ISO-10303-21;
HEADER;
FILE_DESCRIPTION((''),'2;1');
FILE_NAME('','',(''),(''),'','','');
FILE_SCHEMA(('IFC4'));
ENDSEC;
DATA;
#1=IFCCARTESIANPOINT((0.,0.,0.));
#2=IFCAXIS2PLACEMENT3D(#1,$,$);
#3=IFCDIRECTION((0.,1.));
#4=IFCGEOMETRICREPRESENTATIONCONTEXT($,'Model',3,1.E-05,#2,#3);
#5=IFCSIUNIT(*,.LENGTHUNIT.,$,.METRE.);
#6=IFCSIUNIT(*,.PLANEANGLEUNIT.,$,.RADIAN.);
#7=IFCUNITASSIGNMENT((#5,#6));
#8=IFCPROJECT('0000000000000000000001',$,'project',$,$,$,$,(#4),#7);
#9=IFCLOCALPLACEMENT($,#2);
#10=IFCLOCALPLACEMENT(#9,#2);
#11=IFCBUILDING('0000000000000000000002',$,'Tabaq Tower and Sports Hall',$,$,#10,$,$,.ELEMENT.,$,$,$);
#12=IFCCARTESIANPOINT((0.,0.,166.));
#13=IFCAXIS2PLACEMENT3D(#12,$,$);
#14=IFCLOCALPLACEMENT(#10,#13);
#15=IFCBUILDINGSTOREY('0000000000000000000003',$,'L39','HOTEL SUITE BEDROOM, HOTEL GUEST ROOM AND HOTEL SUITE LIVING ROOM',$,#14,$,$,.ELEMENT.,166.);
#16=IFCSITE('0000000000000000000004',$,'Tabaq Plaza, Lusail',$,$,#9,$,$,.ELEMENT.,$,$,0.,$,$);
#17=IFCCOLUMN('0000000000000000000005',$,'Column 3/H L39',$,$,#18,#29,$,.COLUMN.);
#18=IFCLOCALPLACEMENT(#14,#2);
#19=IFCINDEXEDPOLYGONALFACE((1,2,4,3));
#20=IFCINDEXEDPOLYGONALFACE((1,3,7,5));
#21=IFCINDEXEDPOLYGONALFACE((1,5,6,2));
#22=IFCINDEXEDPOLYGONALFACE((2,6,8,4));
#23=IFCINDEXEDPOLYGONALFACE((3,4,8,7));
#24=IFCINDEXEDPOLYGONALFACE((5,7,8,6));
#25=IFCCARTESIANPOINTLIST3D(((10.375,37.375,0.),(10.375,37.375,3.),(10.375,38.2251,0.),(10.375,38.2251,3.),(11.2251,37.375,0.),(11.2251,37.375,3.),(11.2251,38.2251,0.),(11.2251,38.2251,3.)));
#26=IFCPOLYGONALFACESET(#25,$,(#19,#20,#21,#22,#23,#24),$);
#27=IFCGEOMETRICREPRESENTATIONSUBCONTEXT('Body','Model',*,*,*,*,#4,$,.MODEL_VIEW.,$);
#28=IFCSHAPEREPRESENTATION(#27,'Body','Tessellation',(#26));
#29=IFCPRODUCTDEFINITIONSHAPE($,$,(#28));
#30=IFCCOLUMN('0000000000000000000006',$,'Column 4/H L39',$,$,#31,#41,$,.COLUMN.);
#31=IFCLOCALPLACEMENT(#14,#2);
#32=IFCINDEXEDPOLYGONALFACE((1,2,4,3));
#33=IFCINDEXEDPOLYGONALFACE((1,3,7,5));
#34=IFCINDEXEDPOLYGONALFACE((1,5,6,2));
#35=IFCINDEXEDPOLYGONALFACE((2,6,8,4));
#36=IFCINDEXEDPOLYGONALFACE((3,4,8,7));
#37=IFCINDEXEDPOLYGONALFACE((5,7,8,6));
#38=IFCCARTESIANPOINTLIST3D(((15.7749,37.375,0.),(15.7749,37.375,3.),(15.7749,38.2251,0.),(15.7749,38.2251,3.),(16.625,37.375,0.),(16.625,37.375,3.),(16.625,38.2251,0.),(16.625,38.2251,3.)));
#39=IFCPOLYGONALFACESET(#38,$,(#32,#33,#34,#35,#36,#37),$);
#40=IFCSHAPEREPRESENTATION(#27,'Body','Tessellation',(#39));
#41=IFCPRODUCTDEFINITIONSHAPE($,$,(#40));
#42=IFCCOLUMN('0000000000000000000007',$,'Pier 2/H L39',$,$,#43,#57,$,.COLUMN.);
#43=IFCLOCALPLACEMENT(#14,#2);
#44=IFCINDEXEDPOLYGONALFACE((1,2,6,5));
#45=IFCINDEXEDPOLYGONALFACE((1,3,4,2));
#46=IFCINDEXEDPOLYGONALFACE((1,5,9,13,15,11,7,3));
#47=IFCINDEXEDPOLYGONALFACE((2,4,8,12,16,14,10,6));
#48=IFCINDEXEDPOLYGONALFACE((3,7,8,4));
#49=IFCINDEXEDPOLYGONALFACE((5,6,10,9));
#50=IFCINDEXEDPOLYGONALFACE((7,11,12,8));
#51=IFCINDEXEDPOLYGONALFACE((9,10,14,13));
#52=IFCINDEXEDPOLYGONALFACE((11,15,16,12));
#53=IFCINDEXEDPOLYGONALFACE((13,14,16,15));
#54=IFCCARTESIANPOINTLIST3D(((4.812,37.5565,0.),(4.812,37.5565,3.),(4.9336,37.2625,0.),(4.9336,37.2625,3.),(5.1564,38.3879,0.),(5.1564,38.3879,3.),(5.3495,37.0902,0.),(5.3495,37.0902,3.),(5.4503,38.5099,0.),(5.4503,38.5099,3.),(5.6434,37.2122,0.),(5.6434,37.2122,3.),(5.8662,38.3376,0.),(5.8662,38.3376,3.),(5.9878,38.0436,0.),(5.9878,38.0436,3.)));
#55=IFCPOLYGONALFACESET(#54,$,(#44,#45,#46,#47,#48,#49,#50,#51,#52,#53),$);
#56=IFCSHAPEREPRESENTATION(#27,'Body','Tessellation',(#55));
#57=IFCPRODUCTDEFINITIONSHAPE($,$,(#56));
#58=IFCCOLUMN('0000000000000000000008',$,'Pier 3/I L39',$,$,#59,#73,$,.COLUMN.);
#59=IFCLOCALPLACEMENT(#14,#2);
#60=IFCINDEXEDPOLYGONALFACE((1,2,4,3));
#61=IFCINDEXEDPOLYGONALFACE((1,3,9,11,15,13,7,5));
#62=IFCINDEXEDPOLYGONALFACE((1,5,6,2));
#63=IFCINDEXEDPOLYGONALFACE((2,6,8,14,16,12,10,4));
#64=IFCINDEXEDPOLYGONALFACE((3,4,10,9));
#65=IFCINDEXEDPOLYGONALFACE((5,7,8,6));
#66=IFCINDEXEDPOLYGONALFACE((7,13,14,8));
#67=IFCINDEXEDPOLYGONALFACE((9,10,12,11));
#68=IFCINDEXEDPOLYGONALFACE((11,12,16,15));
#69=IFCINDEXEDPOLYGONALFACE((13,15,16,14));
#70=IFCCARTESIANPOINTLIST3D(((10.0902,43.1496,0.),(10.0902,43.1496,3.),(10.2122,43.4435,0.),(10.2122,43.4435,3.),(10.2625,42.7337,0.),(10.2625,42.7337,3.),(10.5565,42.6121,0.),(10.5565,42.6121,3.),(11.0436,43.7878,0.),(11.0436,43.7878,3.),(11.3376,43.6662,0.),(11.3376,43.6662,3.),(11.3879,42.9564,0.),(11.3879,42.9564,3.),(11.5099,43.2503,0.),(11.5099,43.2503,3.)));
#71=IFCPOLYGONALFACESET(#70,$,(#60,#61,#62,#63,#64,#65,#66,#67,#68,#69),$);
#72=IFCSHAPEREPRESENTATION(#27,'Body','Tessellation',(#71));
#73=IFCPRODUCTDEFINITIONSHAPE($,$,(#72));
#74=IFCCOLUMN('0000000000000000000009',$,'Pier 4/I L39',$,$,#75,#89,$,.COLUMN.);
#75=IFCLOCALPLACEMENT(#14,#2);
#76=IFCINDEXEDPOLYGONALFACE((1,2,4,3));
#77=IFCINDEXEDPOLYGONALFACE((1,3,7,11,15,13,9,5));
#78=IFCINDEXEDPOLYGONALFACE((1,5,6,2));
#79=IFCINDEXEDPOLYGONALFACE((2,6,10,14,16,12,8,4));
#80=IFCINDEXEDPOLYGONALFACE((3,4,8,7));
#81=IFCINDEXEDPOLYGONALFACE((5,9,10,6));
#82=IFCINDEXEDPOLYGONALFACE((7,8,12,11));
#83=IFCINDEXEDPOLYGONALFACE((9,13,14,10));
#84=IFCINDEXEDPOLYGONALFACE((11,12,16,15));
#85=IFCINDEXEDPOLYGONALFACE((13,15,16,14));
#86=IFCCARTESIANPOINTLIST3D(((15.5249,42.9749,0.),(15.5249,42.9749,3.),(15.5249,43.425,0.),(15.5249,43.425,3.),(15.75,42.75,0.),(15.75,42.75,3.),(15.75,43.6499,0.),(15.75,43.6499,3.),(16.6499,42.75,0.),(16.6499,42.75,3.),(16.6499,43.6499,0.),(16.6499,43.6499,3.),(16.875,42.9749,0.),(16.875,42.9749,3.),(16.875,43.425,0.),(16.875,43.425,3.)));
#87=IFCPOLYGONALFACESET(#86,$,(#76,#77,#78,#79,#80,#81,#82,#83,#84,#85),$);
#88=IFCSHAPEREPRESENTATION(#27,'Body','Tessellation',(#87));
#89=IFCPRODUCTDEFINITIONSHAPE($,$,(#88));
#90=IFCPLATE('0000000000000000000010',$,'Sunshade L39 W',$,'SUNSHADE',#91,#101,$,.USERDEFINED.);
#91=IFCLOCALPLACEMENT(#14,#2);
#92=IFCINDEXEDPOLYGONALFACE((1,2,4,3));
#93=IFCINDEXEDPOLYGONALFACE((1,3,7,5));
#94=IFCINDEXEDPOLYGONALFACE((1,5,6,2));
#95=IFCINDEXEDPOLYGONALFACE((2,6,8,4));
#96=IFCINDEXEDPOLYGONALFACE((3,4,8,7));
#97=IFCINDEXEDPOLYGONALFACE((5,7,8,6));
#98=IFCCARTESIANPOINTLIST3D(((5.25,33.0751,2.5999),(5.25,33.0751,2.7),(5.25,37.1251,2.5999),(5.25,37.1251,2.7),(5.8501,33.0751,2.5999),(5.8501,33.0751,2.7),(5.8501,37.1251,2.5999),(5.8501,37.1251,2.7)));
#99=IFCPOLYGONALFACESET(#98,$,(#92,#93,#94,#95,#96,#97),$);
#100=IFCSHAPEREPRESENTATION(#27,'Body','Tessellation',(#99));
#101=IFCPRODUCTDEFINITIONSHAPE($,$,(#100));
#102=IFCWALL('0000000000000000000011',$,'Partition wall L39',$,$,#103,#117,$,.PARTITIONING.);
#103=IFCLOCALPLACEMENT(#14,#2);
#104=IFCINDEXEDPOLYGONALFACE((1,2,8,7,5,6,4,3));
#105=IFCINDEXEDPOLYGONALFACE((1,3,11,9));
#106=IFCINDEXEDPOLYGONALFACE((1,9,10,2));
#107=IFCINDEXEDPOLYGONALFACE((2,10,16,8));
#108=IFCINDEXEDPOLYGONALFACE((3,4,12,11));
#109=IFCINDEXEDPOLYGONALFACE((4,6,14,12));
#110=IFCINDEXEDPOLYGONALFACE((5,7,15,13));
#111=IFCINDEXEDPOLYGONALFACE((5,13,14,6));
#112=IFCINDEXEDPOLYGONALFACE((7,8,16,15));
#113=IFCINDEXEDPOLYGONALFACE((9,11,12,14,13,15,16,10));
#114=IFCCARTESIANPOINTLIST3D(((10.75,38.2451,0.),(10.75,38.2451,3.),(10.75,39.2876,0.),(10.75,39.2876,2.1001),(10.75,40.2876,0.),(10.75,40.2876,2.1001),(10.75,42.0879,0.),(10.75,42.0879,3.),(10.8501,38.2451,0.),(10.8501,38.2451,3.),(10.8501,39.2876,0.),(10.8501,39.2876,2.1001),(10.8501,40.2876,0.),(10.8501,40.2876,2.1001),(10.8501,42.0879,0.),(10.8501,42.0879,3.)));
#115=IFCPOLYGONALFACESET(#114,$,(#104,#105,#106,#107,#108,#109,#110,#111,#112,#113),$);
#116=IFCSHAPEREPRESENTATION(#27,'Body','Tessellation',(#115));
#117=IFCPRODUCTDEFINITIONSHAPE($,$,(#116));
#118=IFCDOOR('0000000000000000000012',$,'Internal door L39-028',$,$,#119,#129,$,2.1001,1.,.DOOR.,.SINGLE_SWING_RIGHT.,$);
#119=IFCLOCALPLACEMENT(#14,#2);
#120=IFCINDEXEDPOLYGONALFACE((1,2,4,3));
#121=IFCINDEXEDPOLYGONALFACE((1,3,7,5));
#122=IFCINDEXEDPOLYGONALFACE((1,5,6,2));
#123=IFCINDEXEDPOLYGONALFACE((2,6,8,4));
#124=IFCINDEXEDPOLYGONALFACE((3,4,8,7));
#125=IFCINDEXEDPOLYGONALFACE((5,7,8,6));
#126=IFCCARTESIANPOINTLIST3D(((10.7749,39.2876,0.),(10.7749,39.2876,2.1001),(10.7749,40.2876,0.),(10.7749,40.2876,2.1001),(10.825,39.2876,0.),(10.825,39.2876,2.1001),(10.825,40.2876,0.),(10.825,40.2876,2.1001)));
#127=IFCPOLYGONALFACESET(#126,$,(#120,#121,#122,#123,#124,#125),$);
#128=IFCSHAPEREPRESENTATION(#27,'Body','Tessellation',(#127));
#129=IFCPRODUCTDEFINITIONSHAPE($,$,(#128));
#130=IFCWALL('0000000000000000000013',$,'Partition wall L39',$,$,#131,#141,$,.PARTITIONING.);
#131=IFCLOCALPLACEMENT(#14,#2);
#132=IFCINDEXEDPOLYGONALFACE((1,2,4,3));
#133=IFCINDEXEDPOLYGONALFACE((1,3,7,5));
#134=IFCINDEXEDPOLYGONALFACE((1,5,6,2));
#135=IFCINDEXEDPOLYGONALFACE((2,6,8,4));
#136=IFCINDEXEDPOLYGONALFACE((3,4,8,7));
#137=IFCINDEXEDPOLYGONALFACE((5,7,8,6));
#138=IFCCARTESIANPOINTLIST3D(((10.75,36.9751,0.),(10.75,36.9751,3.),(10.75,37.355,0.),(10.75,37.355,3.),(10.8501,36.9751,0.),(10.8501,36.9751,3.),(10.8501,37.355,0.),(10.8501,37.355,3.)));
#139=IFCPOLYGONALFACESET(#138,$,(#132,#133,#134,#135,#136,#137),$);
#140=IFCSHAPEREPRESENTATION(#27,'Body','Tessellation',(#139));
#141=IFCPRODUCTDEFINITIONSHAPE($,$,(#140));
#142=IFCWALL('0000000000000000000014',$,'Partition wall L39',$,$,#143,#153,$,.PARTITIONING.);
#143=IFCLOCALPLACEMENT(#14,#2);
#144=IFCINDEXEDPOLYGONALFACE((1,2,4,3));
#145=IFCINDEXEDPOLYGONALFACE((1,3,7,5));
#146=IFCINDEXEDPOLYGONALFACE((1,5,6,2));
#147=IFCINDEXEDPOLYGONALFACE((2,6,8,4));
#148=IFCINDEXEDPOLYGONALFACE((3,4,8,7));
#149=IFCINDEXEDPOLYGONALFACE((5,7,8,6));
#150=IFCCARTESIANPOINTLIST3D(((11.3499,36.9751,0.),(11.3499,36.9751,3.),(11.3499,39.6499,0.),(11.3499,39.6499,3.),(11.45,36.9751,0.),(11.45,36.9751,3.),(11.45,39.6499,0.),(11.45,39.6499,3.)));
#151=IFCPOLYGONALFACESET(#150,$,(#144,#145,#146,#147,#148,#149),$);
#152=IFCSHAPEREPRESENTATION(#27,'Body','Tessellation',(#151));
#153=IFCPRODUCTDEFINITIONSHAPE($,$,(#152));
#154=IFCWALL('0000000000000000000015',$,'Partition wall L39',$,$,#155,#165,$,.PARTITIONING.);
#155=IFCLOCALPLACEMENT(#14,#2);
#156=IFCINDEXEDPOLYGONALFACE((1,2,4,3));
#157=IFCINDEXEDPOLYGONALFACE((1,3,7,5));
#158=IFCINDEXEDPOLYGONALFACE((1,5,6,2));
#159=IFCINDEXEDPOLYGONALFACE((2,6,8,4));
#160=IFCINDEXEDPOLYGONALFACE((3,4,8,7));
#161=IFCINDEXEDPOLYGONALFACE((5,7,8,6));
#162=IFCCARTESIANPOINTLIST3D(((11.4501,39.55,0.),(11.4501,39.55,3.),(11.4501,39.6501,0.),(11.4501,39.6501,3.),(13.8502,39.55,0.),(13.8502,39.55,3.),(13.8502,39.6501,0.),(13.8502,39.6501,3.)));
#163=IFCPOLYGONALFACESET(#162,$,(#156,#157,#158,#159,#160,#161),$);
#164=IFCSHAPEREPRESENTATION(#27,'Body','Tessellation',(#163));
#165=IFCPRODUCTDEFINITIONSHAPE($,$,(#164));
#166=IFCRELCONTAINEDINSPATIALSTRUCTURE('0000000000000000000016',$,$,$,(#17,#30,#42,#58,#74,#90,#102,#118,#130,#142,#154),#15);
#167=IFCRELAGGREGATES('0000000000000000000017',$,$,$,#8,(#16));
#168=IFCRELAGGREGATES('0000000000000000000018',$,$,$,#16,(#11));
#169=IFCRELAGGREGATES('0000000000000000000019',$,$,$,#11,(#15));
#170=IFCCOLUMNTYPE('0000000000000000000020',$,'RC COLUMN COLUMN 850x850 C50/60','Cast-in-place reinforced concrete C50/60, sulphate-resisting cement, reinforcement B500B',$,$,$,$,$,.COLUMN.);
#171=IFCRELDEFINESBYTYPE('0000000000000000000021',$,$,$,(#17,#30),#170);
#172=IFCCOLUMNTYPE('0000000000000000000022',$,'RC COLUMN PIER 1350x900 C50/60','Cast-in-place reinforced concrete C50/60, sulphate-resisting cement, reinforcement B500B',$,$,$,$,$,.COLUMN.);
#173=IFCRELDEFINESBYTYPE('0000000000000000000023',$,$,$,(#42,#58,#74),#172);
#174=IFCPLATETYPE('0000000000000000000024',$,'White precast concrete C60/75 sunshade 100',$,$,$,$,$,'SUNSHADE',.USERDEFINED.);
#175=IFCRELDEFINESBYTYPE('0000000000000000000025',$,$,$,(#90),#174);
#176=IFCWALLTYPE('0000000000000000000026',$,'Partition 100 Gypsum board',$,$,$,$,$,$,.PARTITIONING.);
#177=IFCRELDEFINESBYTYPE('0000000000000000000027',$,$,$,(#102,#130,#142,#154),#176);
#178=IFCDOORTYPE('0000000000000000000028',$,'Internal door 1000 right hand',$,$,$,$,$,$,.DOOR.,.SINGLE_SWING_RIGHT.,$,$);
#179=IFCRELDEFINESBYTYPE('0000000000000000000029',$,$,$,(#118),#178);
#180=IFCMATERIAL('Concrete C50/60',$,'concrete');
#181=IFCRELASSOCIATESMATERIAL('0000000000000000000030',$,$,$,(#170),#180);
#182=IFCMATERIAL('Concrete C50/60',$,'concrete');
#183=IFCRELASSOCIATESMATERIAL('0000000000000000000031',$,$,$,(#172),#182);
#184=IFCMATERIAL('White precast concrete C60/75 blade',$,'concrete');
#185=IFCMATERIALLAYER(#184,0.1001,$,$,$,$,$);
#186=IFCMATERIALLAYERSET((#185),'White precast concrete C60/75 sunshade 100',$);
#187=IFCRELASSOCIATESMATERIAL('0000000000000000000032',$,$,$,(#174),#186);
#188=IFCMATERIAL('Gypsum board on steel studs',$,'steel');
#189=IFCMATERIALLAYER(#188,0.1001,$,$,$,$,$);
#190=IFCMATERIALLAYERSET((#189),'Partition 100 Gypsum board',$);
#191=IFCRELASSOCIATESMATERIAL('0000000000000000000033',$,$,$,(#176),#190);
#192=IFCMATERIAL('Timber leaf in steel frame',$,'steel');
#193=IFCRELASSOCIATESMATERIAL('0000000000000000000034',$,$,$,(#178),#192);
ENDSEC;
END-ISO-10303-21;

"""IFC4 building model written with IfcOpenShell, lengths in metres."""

from ifc_helpers import new_model, si_unit, direction, frame, frame_2d, origin, origin_2d, place, context, subcontext, project, spatial, polyline, rectangle, outline, extrude, material, layer, layer_set, material_profile, profile_set, type_object, element, fill, save


model = new_model("IFC4")

# Units and contexts
model_context = context("Model", 3, precision=1e-05, world=origin(), true_north=direction((0.0, 1.0)))
body_context = subcontext(model_context, "Body", "Model", "MODEL_VIEW")
ifc_project = project(units=[si_unit("LENGTHUNIT", "METRE"), si_unit("PLANEANGLEUNIT", "RADIAN")], contexts=[model_context])

# Site, building, storey
site_placement = place(None, origin())
site = spatial("IfcSite", under=ifc_project, at=site_placement, Name="Tabaq Plaza, Lusail", CompositionType="ELEMENT", RefElevation=0.0)
building_placement = place(site_placement, origin())
building = spatial("IfcBuilding", under=site, at=building_placement, Name="Tabaq Tower and Sports Hall", CompositionType="ELEMENT")
storey_placement = place(building_placement, frame((0.0, 0.0, 166.0)))
storey = spatial("IfcBuildingStorey", under=building, at=storey_placement, Name="L39", Description="HOTEL SUITE BEDROOM, HOTEL GUEST ROOM AND HOTEL SUITE LIVING ROOM", CompositionType="ELEMENT", Elevation=166.0)

# Columns
ifc_material_1 = material(Name="Concrete C50/60", Category="concrete")
ifc_material_profile_1 = material_profile(ifc_material_1, rectangle(XDim=0.8501, YDim=0.8501, at=origin_2d()), Name="COLUMN 850x850")
ifc_profile_set_1 = profile_set([ifc_material_profile_1], Name="Concrete C50/60")
column_type_1 = type_object("IfcColumnType", Name="RC COLUMN COLUMN 850x850 C50/60", Description="Cast-in-place reinforced concrete C50/60, sulphate-resisting cement, reinforcement B500B", PredefinedType="COLUMN", material=ifc_profile_set_1)
for number, where, z_axis, x_axis, name in (
    (1, (10.8, 37.8, 0.0), (0.0, 0.0, 1.0), (1.0, 0.0, 0.0), "Column 3/H L39"),
    (2, (16.2, 37.8, 0.0), (0.0, 0.0, 1.0), (1.0, 0.0, 0.0), "Column 4/H L39"),
):
    element("IfcColumn", number, at=place(storey_placement, frame(where, z_axis=z_axis, x_axis=x_axis)), inside=storey, type_object=column_type_1, Name=name, PredefinedType="COLUMN", context=body_context, shape_type="SweptSolid", body=[
        extrude(rectangle(XDim=0.8501, YDim=0.8501, at=origin_2d()), origin(), (0.0, 0.0, 1.0), 3.0),
    ])
ifc_material_2 = material(Name="Concrete C50/60", Category="concrete")
ifc_material_profile_2 = material_profile(ifc_material_2, outline(polyline([(-0.45, -0.45), (0.45, -0.45), (0.675, -0.2251), (0.675, 0.2251), (0.45, 0.45), (-0.45, 0.45), (-0.675, 0.2251), (-0.675, -0.2251), (-0.45, -0.45)])), Name="PIER 1350x900")
ifc_profile_set_2 = profile_set([ifc_material_profile_2], Name="Concrete C50/60")
column_type_2 = type_object("IfcColumnType", Name="RC COLUMN PIER 1350x900 C50/60", Description="Cast-in-place reinforced concrete C50/60, sulphate-resisting cement, reinforcement B500B", PredefinedType="COLUMN", material=ifc_profile_set_2)
for number, where, z_axis, x_axis, name in (
    (3, (5.3999, 37.8, 0.0), (0.0, 0.0, 1.0), (0.382683, 0.92388, 0.0), "Pier 2/H L39"),
    (4, (10.8, 43.2, 0.0), (0.0, 0.0, 1.0), (0.92388, 0.382683, 0.0), "Pier 3/I L39"),
    (5, (16.2, 43.2, 0.0), (0.0, 0.0, 1.0), (1.0, 0.0, 0.0), "Pier 4/I L39"),
):
    element("IfcColumn", number, at=place(storey_placement, frame(where, z_axis=z_axis, x_axis=x_axis)), inside=storey, type_object=column_type_2, Name=name, PredefinedType="COLUMN", context=body_context, shape_type="SweptSolid", body=[
        extrude(outline(polyline([(-0.45, -0.45), (0.45, -0.45), (0.675, -0.2251), (0.675, 0.2251), (0.45, 0.45), (-0.45, 0.45), (-0.675, 0.2251), (-0.675, -0.2251), (-0.45, -0.45)])), origin(), (0.0, 0.0, 1.0), 3.0),
    ])

# Plate
ifc_material_3 = material(Name="White precast concrete C60/75 blade", Category="concrete")
ifc_layer_1 = layer(ifc_material_3, 0.1001)
ifc_layer_set_1 = layer_set([ifc_layer_1], Name="White precast concrete C60/75 sunshade 100")
plate_type = type_object("IfcPlateType", Name="White precast concrete C60/75 sunshade 100", ElementType="SUNSHADE", PredefinedType="USERDEFINED", material=ifc_layer_set_1)
plate_placement = place(storey_placement, frame((5.55, 35.1001, 2.5999), z_axis=(0.0, 0.0, 1.0), x_axis=(0.0, -1.0, 0.0)))
element("IfcPlate", 6, at=plate_placement, inside=storey, type_object=plate_type, Name="Sunshade L39 W", ObjectType="SUNSHADE", PredefinedType="USERDEFINED", context=body_context, shape_type="SweptSolid", body=[
    extrude(rectangle(XDim=4.05, YDim=0.6001, at=origin_2d()), origin(), (0.0, 0.0, 1.0), 0.1001),
])

# Wall, opening, door
ifc_material_4 = material(Name="Gypsum board on steel studs", Category="steel")
ifc_layer_2 = layer(ifc_material_4, 0.1001)
ifc_layer_set_2 = layer_set([ifc_layer_2], Name="Partition 100 Gypsum board")
wall_type_1 = type_object("IfcWallType", Name="Partition 100 Gypsum board", PredefinedType="PARTITIONING", material=ifc_layer_set_2)
wall_1_placement = place(storey_placement, frame((10.8, 42.0879, 0.0), z_axis=(0.0, 0.0, 1.0), x_axis=(0.0, -1.0, 0.0)))
wall_1 = element("IfcWall", 7, at=wall_1_placement, inside=storey, type_object=wall_type_1, Name="Partition wall L39", PredefinedType="PARTITIONING", context=body_context, shape_type="SweptSolid", body=[
    extrude(rectangle(XDim=3.8428, YDim=0.1001, at=frame_2d((1.9214, 0.0))), origin(), (0.0, 0.0, 1.0), 3.0),
])
opening_1_placement = place(wall_1_placement, frame((1.8003, 0.0, 0.0)))
opening_1 = element("IfcOpeningElement", 8, at=opening_1_placement, cuts=wall_1, PredefinedType="OPENING", context=body_context, shape_type="SweptSolid", body=[
    extrude(rectangle(XDim=1.0, YDim=2.1001, at=frame_2d((0.5, 1.05))), frame((0.0, 0.05, 0.0), z_axis=(0.0, -1.0, 0.0), x_axis=(1.0, 0.0, 0.0)), (0.0, 0.0, 1.0), 0.1001),
])
ifc_material_5 = material(Name="Timber leaf in steel frame", Category="steel")
door_type_1 = type_object("IfcDoorType", Name="Internal door 1000 right hand", OperationType="SINGLE_SWING_RIGHT", PredefinedType="DOOR", material=ifc_material_5)
door_1_placement = place(opening_1_placement, origin())
door_1 = element("IfcDoor", 9, at=door_1_placement, inside=storey, type_object=door_type_1, Name="Internal door L39-028", OperationType="SINGLE_SWING_RIGHT", OverallHeight=2.1001, OverallWidth=1.0, PredefinedType="DOOR", context=body_context, shape_type="SweptSolid", body=[
    extrude(rectangle(XDim=1.0, YDim=2.1001, at=frame_2d((0.5, 1.05))), frame((0.0, 0.0249, 0.0), z_axis=(0.0, -1.0, 0.0), x_axis=(1.0, 0.0, 0.0)), (0.0, 0.0, 1.0), 0.05),
])
fill(opening_1, door_1)

# Walls
wall_2_placement = place(storey_placement, frame((10.8, 37.355, 0.0), z_axis=(0.0, 0.0, 1.0), x_axis=(0.0, -1.0, 0.0)))
element("IfcWall", 10, at=wall_2_placement, inside=storey, type_object=wall_type_1, Name="Partition wall L39", PredefinedType="PARTITIONING", context=body_context, shape_type="SweptSolid", body=[
    extrude(rectangle(XDim=0.3799, YDim=0.1001, at=frame_2d((0.1899, 0.0))), origin(), (0.0, 0.0, 1.0), 3.0),
])
wall_3_placement = place(storey_placement, frame((11.3999, 36.9751, 0.0), z_axis=(0.0, 0.0, 1.0), x_axis=(0.0, 1.0, 0.0)))
element("IfcWall", 11, at=wall_3_placement, inside=storey, type_object=wall_type_1, Name="Partition wall L39", PredefinedType="PARTITIONING", context=body_context, shape_type="SweptSolid", body=[
    extrude(rectangle(XDim=2.6748, YDim=0.1001, at=frame_2d((1.3374, 0.0))), origin(), (0.0, 0.0, 1.0), 3.0),
])
wall_4_placement = place(storey_placement, frame((11.45, 39.6001, 0.0), z_axis=(0.0, 0.0, 1.0), x_axis=(1.0, 0.0, 0.0)))
element("IfcWall", 12, at=wall_4_placement, inside=storey, type_object=wall_type_1, Name="Partition wall L39", PredefinedType="PARTITIONING", context=body_context, shape_type="SweptSolid", body=[
    extrude(rectangle(XDim=2.4001, YDim=0.1001, at=frame_2d((1.2002, 0.0))), origin(), (0.0, 0.0, 1.0), 3.0),
])

save(model, "model.ifc")
